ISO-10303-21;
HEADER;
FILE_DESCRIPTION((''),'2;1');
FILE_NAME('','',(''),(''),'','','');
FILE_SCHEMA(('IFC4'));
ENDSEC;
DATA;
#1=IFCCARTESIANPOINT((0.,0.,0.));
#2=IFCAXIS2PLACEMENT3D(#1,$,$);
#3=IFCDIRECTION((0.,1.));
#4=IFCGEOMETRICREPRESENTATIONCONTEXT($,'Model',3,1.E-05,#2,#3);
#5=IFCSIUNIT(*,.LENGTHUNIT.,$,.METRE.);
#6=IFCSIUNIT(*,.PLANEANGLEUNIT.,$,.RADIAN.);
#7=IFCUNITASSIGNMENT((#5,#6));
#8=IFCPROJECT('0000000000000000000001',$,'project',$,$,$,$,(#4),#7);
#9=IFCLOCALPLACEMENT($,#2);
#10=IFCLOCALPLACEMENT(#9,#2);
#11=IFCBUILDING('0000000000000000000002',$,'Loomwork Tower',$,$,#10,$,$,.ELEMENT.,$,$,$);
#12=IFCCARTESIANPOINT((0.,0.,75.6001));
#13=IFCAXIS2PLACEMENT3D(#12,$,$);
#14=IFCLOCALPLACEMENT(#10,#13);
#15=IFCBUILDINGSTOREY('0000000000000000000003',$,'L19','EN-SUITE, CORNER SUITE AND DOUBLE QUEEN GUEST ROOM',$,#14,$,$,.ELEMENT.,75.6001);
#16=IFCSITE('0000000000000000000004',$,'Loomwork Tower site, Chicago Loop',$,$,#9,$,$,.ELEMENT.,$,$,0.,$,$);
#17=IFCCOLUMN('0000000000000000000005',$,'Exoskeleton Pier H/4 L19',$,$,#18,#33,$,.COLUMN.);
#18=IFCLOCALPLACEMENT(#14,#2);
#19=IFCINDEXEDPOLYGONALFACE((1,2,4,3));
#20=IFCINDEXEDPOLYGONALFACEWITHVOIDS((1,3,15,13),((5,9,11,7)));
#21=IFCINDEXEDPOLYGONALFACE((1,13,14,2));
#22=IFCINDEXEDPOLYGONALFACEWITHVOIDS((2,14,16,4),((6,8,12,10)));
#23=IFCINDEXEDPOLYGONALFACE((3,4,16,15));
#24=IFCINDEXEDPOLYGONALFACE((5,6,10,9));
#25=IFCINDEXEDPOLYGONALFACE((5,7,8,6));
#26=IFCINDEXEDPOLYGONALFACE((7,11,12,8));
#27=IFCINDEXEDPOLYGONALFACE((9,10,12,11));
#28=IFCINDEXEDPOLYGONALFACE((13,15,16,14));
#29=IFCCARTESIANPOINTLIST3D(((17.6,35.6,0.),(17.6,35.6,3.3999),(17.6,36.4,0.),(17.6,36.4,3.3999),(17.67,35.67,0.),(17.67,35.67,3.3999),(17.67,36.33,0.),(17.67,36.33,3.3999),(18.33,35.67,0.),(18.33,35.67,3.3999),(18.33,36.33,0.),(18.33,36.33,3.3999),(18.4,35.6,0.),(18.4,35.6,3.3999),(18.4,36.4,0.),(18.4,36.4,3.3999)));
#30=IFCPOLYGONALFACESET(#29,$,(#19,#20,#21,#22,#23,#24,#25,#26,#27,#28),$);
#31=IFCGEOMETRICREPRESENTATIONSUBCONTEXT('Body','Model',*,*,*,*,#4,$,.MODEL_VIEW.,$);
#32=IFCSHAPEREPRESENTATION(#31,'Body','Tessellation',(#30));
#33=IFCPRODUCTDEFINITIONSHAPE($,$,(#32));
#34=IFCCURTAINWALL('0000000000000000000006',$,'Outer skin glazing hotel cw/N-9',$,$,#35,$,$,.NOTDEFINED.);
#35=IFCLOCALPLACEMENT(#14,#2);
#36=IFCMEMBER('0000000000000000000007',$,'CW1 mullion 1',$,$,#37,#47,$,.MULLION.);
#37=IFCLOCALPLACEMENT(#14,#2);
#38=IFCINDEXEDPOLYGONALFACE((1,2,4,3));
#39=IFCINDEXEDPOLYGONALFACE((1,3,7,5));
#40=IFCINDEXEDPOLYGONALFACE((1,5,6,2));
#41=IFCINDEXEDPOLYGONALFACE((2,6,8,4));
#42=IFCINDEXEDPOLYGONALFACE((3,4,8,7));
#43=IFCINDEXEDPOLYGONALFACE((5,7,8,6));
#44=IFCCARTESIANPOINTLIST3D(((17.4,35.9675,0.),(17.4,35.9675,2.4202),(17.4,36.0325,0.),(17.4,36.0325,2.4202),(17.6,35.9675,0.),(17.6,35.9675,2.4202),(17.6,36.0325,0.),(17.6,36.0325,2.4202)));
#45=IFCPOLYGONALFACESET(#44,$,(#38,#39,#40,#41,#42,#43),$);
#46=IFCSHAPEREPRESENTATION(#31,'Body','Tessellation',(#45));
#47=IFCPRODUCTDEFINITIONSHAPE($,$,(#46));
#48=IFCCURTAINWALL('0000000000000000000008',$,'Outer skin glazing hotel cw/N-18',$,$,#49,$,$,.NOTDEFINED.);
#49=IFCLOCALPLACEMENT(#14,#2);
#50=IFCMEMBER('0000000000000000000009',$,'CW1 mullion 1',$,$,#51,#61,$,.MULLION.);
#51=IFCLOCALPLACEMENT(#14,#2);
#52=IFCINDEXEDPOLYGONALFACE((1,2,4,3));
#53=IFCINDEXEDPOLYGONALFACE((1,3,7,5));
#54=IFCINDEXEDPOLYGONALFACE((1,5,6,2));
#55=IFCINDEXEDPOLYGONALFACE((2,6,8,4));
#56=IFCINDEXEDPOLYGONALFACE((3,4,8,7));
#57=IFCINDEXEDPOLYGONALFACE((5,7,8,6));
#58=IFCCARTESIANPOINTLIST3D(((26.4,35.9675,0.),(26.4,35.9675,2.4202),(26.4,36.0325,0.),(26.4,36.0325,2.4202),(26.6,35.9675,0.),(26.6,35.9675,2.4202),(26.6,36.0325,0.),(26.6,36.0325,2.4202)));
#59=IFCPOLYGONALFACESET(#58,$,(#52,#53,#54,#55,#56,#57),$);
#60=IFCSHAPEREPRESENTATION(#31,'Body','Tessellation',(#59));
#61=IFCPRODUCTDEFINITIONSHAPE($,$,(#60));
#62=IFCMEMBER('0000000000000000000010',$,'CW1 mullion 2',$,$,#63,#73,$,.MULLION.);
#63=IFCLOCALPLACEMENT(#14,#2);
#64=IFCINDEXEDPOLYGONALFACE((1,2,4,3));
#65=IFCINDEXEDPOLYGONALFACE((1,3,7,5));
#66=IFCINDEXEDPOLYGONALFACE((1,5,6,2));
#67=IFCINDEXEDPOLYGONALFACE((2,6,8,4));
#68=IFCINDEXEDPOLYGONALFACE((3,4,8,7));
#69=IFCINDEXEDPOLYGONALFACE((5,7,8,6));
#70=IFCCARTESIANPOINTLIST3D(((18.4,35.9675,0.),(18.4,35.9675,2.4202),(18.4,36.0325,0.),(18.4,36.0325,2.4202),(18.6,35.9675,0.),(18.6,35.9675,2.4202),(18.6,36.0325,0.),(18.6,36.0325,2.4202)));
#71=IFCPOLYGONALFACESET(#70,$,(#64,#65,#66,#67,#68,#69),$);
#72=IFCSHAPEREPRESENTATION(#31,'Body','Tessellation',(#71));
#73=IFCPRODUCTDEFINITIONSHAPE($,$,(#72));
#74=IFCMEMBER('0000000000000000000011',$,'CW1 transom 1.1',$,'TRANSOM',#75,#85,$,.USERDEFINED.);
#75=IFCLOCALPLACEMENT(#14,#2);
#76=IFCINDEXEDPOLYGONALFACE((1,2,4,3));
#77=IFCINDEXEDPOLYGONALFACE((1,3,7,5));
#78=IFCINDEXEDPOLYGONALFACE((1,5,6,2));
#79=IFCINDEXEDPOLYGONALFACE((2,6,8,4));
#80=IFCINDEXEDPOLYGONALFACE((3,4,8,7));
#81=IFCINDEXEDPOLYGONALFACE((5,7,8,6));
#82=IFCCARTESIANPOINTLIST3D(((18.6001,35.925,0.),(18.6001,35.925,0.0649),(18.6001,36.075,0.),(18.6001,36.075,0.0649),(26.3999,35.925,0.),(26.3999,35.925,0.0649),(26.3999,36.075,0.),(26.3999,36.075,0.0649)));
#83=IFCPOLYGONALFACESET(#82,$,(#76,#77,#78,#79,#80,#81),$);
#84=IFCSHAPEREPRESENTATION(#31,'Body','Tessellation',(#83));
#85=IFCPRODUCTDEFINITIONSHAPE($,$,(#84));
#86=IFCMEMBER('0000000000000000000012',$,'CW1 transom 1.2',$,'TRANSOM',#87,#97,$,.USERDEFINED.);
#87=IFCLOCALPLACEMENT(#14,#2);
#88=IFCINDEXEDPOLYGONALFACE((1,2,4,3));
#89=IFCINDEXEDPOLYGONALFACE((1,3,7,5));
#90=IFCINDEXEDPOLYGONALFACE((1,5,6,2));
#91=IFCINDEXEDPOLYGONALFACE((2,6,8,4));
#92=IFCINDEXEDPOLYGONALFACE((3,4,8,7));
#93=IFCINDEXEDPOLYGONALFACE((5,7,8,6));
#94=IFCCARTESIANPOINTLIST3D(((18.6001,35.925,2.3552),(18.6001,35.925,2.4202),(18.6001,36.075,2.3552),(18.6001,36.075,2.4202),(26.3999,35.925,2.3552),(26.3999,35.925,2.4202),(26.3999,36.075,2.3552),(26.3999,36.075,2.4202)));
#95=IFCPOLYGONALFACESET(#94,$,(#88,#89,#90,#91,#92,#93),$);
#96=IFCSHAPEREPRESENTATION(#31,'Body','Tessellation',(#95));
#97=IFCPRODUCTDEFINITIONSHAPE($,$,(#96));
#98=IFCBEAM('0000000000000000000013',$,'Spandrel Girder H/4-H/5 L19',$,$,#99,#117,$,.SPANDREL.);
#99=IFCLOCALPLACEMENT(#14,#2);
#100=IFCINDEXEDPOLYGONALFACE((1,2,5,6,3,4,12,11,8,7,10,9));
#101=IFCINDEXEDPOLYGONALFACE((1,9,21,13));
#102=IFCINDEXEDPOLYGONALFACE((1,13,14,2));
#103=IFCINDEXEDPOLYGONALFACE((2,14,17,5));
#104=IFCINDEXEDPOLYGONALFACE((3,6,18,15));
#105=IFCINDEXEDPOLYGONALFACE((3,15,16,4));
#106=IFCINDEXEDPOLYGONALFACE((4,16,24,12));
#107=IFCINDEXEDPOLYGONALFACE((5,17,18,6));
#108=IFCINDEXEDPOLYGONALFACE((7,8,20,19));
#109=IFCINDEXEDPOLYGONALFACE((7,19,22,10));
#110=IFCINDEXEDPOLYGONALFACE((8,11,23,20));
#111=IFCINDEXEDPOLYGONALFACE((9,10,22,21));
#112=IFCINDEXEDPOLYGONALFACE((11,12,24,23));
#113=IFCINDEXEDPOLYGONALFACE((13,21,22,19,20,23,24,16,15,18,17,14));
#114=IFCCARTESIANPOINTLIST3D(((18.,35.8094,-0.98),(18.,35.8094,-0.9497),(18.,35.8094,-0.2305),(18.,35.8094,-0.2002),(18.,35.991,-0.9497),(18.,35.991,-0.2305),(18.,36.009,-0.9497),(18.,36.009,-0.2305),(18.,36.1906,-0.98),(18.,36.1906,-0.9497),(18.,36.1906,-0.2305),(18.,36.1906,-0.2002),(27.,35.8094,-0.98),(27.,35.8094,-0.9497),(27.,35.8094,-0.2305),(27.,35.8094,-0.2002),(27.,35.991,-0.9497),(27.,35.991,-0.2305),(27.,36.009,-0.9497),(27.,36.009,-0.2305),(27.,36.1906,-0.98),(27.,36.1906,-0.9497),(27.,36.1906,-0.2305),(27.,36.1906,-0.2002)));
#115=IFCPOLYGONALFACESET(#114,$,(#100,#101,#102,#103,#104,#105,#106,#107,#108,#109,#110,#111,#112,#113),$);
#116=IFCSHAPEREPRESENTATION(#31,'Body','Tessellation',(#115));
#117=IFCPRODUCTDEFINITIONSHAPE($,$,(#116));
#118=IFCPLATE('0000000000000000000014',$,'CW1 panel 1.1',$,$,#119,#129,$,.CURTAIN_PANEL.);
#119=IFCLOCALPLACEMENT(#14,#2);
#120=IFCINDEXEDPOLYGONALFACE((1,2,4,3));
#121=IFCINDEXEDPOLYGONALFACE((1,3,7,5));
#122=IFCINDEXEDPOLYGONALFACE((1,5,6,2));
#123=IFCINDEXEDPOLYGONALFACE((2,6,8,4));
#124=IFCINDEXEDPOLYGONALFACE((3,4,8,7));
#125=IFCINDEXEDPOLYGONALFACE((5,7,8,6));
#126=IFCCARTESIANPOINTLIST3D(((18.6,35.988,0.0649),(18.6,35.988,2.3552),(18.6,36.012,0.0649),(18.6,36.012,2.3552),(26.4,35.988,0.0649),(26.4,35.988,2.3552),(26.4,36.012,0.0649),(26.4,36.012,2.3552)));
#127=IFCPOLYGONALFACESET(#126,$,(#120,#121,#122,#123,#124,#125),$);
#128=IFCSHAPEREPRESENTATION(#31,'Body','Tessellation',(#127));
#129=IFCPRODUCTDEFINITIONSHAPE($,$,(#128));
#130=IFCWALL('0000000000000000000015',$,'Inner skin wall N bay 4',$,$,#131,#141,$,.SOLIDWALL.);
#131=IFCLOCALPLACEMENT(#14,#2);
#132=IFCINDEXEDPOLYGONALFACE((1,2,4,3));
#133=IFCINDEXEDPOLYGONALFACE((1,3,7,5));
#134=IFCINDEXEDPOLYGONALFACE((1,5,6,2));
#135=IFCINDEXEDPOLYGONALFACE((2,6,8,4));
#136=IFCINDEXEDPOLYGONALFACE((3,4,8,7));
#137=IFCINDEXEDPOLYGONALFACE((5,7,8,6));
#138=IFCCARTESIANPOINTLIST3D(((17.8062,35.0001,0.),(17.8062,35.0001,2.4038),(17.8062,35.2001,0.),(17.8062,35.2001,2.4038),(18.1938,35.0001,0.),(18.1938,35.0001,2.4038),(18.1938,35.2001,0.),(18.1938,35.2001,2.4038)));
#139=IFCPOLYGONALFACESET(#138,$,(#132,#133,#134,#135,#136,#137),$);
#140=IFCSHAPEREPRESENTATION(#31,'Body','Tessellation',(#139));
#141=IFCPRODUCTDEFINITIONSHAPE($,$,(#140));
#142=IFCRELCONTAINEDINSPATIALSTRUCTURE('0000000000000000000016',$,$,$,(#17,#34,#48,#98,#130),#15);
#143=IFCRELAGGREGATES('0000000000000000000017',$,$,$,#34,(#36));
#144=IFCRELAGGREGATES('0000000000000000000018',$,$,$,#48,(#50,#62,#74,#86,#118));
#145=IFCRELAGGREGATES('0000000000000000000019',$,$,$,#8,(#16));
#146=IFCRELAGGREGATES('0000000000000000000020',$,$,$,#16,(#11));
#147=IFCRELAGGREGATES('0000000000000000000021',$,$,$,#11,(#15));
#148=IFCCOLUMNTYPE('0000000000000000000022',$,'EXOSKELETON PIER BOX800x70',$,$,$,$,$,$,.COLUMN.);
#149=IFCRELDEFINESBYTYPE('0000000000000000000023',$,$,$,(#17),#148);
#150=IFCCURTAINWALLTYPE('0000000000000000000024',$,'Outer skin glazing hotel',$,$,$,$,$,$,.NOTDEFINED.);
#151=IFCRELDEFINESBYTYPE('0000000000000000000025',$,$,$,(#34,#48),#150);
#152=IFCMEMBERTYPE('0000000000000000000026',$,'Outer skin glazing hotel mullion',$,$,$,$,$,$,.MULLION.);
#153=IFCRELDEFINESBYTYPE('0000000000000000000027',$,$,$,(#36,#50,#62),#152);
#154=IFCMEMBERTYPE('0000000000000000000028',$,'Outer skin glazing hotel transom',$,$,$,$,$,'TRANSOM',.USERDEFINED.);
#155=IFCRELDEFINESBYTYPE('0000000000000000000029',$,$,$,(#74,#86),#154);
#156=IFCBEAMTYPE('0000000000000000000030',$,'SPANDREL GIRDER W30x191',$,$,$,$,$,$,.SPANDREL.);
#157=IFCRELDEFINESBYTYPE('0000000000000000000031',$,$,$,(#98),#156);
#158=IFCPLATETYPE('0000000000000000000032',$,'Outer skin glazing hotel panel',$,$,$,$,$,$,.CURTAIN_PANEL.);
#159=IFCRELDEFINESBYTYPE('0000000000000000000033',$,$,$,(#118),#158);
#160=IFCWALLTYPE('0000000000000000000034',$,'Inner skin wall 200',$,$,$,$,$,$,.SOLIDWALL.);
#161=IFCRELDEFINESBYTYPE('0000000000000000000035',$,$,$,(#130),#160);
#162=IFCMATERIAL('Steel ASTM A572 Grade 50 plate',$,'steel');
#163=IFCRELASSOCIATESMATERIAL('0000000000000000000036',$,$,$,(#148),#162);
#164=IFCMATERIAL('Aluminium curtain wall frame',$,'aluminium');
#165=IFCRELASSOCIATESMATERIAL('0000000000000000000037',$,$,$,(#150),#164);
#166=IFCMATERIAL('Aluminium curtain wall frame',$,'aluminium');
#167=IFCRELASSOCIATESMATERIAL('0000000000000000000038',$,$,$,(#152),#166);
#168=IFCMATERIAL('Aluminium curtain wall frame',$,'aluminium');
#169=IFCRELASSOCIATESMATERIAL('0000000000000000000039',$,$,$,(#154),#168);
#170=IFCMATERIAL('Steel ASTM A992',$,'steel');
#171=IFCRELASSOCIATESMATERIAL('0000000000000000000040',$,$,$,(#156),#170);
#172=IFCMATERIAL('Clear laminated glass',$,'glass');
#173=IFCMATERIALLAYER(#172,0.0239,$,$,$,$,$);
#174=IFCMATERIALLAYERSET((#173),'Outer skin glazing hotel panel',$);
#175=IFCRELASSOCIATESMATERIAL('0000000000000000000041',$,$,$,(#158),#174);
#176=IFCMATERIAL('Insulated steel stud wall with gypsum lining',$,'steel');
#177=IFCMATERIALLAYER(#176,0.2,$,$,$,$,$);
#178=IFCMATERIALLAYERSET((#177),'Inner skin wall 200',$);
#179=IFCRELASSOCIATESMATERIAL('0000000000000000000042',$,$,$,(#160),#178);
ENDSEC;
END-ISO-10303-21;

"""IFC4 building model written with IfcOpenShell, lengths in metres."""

from ifc_helpers import new_model, si_unit, direction, frame, frame_2d, origin, origin_2d, place, context, subcontext, project, spatial, rectangle, hollow_rectangle, i_section, extrude, material, layer, layer_set, material_profile, profile_set, type_object, element, aggregate, save


model = new_model("IFC4")

# Units and contexts
model_context = context("Model", 3, precision=1e-05, world=origin(), true_north=direction((0.0, 1.0)))
body_context = subcontext(model_context, "Body", "Model", "MODEL_VIEW")
ifc_project = project(units=[si_unit("LENGTHUNIT", "METRE"), si_unit("PLANEANGLEUNIT", "RADIAN")], contexts=[model_context])

# Site, building, storey
site_placement = place(None, origin())
site = spatial("IfcSite", under=ifc_project, at=site_placement, Name="Loomwork Tower site, Chicago Loop", CompositionType="ELEMENT", RefElevation=0.0)
building_placement = place(site_placement, origin())
building = spatial("IfcBuilding", under=site, at=building_placement, Name="Loomwork Tower", CompositionType="ELEMENT")
storey_placement = place(building_placement, frame((0.0, 0.0, 75.6001)))
storey = spatial("IfcBuildingStorey", under=building, at=storey_placement, Name="L19", Description="EN-SUITE, CORNER SUITE AND DOUBLE QUEEN GUEST ROOM", CompositionType="ELEMENT", Elevation=75.6001)

# Column
ifc_material_1 = material(Name="Steel ASTM A572 Grade 50 plate", Category="steel")
ifc_material_profile_1 = material_profile(ifc_material_1, hollow_rectangle(XDim=0.8, YDim=0.8, WallThickness=0.0701, at=origin_2d()), Name="BOX800x70")
ifc_profile_set_1 = profile_set([ifc_material_profile_1], Name="Steel ASTM A572 Grade 50 plate")
column_type = type_object("IfcColumnType", Name="EXOSKELETON PIER BOX800x70", PredefinedType="COLUMN", material=ifc_profile_set_1)
column_placement = place(storey_placement, frame((18.0, 36.0, 0.0), z_axis=(0.0, 0.0, 1.0), x_axis=(1.0, 0.0, 0.0)))
element("IfcColumn", 1, at=column_placement, inside=storey, type_object=column_type, Name="Exoskeleton Pier H/4 L19", PredefinedType="COLUMN", context=body_context, shape_type="SweptSolid", body=[
    extrude(hollow_rectangle(XDim=0.8, YDim=0.8, WallThickness=0.0701, at=origin_2d()), origin(), (0.0, 0.0, 1.0), 3.3999),
])

# Curtain wall, member
ifc_material_2 = material(Name="Aluminium curtain wall frame", Category="aluminium")
curtain_wall_type = type_object("IfcCurtainWallType", Name="Outer skin glazing hotel", PredefinedType="NOTDEFINED", material=ifc_material_2)
curtain_wall_1_placement = place(storey_placement, origin())
curtain_wall_1 = element("IfcCurtainWall", 2, at=curtain_wall_1_placement, inside=storey, type_object=curtain_wall_type, Name="Outer skin glazing hotel cw/N-9", PredefinedType="NOTDEFINED")
ifc_material_3 = material(Name="Aluminium curtain wall frame", Category="aluminium")
ifc_material_profile_2 = material_profile(ifc_material_3, rectangle(XDim=0.0649, YDim=0.2, at=origin_2d()), Name="AL 65x200")
ifc_profile_set_2 = profile_set([ifc_material_profile_2], Name="Aluminium curtain wall frame")
member_type_1 = type_object("IfcMemberType", Name="Outer skin glazing hotel mullion", PredefinedType="MULLION", material=ifc_profile_set_2)
member_1_placement = place(storey_placement, frame((17.5, 36.0, 0.0), z_axis=(0.0, 0.0, 1.0), x_axis=(0.0, -1.0, 0.0)))
member_1 = element("IfcMember", 3, at=member_1_placement, type_object=member_type_1, Name="CW1 mullion 1", PredefinedType="MULLION", context=body_context, shape_type="SweptSolid", body=[
    extrude(rectangle(XDim=0.0649, YDim=0.2, at=origin_2d()), origin(), (0.0, 0.0, 1.0), 2.4202),
])
aggregate(curtain_wall_1, [member_1])

# Curtain wall, members
curtain_wall_2_placement = place(storey_placement, origin())
curtain_wall_2 = element("IfcCurtainWall", 4, at=curtain_wall_2_placement, inside=storey, type_object=curtain_wall_type, Name="Outer skin glazing hotel cw/N-18", PredefinedType="NOTDEFINED")
member_2_placement = place(storey_placement, frame((26.5, 36.0, 0.0), z_axis=(0.0, 0.0, 1.0), x_axis=(0.0, -1.0, 0.0)))
member_2 = element("IfcMember", 5, at=member_2_placement, type_object=member_type_1, Name="CW1 mullion 1", PredefinedType="MULLION", context=body_context, shape_type="SweptSolid", body=[
    extrude(rectangle(XDim=0.0649, YDim=0.2, at=origin_2d()), origin(), (0.0, 0.0, 1.0), 2.4202),
])
member_3_placement = place(storey_placement, frame((18.5, 36.0, 0.0), z_axis=(0.0, 0.0, 1.0), x_axis=(0.0, -1.0, 0.0)))
member_3 = element("IfcMember", 6, at=member_3_placement, type_object=member_type_1, Name="CW1 mullion 2", PredefinedType="MULLION", context=body_context, shape_type="SweptSolid", body=[
    extrude(rectangle(XDim=0.0649, YDim=0.2, at=origin_2d()), origin(), (0.0, 0.0, 1.0), 2.4202),
])
ifc_material_4 = material(Name="Aluminium curtain wall frame", Category="aluminium")
ifc_material_profile_3 = material_profile(ifc_material_4, rectangle(XDim=0.1499, YDim=0.0649, at=origin_2d()), Name="AL 65x150")
ifc_profile_set_3 = profile_set([ifc_material_profile_3], Name="Aluminium curtain wall frame")
member_type_2 = type_object("IfcMemberType", Name="Outer skin glazing hotel transom", ElementType="TRANSOM", PredefinedType="USERDEFINED", material=ifc_profile_set_3)
member_4_placement = place(storey_placement, frame((26.3999, 36.0, 0.0325), z_axis=(-1.0, 0.0, 0.0), x_axis=(0.0, -1.0, 0.0)))
member_4 = element("IfcMember", 7, at=member_4_placement, type_object=member_type_2, Name="CW1 transom 1.1", ObjectType="TRANSOM", PredefinedType="USERDEFINED", context=body_context, shape_type="SweptSolid", body=[
    extrude(rectangle(XDim=0.1499, YDim=0.0649, at=origin_2d()), origin(), (0.0, 0.0, 1.0), 7.7998),
])
member_5_placement = place(storey_placement, frame((26.3999, 36.0, 2.3877), z_axis=(-1.0, 0.0, 0.0), x_axis=(0.0, -1.0, 0.0)))
member_5 = element("IfcMember", 8, at=member_5_placement, type_object=member_type_2, Name="CW1 transom 1.2", ObjectType="TRANSOM", PredefinedType="USERDEFINED", context=body_context, shape_type="SweptSolid", body=[
    extrude(rectangle(XDim=0.1499, YDim=0.0649, at=origin_2d()), origin(), (0.0, 0.0, 1.0), 7.7998),
])

# Beam
ifc_material_5 = material(Name="Steel ASTM A992", Category="steel")
ifc_material_profile_4 = material_profile(ifc_material_5, i_section(OverallWidth=0.3811, OverallDepth=0.7798, WebThickness=0.0181, FlangeThickness=0.0303, at=origin_2d()), Name="W30x191")
ifc_profile_set_4 = profile_set([ifc_material_profile_4], Name="Steel ASTM A992")
beam_type = type_object("IfcBeamType", Name="SPANDREL GIRDER W30x191", PredefinedType="SPANDREL", material=ifc_profile_set_4)
beam_placement = place(storey_placement, frame((18.0, 36.0, -0.5901), z_axis=(1.0, 0.0, 0.0), x_axis=(0.0, 1.0, 0.0)))
element("IfcBeam", 9, at=beam_placement, inside=storey, type_object=beam_type, Name="Spandrel Girder H/4-H/5 L19", PredefinedType="SPANDREL", context=body_context, shape_type="SweptSolid", body=[
    extrude(i_section(OverallWidth=0.3811, OverallDepth=0.7798, WebThickness=0.0181, FlangeThickness=0.0303, at=origin_2d()), origin(), (0.0, 0.0, 1.0), 9.0),
])

# Plate
ifc_material_6 = material(Name="Clear laminated glass", Category="glass")
ifc_layer_1 = layer(ifc_material_6, 0.0239)
ifc_layer_set_1 = layer_set([ifc_layer_1], Name="Outer skin glazing hotel panel")
plate_type = type_object("IfcPlateType", Name="Outer skin glazing hotel panel", PredefinedType="CURTAIN_PANEL", material=ifc_layer_set_1)
plate_placement = place(storey_placement, frame((22.5, 36.0, 0.0649), z_axis=(0.0, 0.0, 1.0), x_axis=(-1.0, 0.0, 0.0)))
plate = element("IfcPlate", 10, at=plate_placement, type_object=plate_type, Name="CW1 panel 1.1", PredefinedType="CURTAIN_PANEL", context=body_context, shape_type="SweptSolid", body=[
    extrude(rectangle(XDim=7.8, YDim=0.0239, at=origin_2d()), origin(), (0.0, 0.0, 1.0), 2.2903),
])
aggregate(curtain_wall_2, [member_2, member_3, member_4, member_5, plate])

# Wall
ifc_material_7 = material(Name="Insulated steel stud wall with gypsum lining", Category="steel")
ifc_layer_2 = layer(ifc_material_7, 0.2)
ifc_layer_set_2 = layer_set([ifc_layer_2], Name="Inner skin wall 200")
wall_type = type_object("IfcWallType", Name="Inner skin wall 200", PredefinedType="SOLIDWALL", material=ifc_layer_set_2)
wall_1_placement = place(storey_placement, frame((17.8062, 35.1001, 0.0), z_axis=(0.0, 0.0, 1.0), x_axis=(1.0, 0.0, 0.0)))
element("IfcWall", 11, at=wall_1_placement, inside=storey, type_object=wall_type, Name="Inner skin wall N bay 4", PredefinedType="SOLIDWALL", context=body_context, shape_type="SweptSolid", body=[
    extrude(rectangle(XDim=0.3877, YDim=0.2, at=frame_2d((0.1938, 0.0))), origin(), (0.0, 0.0, 1.0), 2.4038),
])

save(model, "model.ifc")
